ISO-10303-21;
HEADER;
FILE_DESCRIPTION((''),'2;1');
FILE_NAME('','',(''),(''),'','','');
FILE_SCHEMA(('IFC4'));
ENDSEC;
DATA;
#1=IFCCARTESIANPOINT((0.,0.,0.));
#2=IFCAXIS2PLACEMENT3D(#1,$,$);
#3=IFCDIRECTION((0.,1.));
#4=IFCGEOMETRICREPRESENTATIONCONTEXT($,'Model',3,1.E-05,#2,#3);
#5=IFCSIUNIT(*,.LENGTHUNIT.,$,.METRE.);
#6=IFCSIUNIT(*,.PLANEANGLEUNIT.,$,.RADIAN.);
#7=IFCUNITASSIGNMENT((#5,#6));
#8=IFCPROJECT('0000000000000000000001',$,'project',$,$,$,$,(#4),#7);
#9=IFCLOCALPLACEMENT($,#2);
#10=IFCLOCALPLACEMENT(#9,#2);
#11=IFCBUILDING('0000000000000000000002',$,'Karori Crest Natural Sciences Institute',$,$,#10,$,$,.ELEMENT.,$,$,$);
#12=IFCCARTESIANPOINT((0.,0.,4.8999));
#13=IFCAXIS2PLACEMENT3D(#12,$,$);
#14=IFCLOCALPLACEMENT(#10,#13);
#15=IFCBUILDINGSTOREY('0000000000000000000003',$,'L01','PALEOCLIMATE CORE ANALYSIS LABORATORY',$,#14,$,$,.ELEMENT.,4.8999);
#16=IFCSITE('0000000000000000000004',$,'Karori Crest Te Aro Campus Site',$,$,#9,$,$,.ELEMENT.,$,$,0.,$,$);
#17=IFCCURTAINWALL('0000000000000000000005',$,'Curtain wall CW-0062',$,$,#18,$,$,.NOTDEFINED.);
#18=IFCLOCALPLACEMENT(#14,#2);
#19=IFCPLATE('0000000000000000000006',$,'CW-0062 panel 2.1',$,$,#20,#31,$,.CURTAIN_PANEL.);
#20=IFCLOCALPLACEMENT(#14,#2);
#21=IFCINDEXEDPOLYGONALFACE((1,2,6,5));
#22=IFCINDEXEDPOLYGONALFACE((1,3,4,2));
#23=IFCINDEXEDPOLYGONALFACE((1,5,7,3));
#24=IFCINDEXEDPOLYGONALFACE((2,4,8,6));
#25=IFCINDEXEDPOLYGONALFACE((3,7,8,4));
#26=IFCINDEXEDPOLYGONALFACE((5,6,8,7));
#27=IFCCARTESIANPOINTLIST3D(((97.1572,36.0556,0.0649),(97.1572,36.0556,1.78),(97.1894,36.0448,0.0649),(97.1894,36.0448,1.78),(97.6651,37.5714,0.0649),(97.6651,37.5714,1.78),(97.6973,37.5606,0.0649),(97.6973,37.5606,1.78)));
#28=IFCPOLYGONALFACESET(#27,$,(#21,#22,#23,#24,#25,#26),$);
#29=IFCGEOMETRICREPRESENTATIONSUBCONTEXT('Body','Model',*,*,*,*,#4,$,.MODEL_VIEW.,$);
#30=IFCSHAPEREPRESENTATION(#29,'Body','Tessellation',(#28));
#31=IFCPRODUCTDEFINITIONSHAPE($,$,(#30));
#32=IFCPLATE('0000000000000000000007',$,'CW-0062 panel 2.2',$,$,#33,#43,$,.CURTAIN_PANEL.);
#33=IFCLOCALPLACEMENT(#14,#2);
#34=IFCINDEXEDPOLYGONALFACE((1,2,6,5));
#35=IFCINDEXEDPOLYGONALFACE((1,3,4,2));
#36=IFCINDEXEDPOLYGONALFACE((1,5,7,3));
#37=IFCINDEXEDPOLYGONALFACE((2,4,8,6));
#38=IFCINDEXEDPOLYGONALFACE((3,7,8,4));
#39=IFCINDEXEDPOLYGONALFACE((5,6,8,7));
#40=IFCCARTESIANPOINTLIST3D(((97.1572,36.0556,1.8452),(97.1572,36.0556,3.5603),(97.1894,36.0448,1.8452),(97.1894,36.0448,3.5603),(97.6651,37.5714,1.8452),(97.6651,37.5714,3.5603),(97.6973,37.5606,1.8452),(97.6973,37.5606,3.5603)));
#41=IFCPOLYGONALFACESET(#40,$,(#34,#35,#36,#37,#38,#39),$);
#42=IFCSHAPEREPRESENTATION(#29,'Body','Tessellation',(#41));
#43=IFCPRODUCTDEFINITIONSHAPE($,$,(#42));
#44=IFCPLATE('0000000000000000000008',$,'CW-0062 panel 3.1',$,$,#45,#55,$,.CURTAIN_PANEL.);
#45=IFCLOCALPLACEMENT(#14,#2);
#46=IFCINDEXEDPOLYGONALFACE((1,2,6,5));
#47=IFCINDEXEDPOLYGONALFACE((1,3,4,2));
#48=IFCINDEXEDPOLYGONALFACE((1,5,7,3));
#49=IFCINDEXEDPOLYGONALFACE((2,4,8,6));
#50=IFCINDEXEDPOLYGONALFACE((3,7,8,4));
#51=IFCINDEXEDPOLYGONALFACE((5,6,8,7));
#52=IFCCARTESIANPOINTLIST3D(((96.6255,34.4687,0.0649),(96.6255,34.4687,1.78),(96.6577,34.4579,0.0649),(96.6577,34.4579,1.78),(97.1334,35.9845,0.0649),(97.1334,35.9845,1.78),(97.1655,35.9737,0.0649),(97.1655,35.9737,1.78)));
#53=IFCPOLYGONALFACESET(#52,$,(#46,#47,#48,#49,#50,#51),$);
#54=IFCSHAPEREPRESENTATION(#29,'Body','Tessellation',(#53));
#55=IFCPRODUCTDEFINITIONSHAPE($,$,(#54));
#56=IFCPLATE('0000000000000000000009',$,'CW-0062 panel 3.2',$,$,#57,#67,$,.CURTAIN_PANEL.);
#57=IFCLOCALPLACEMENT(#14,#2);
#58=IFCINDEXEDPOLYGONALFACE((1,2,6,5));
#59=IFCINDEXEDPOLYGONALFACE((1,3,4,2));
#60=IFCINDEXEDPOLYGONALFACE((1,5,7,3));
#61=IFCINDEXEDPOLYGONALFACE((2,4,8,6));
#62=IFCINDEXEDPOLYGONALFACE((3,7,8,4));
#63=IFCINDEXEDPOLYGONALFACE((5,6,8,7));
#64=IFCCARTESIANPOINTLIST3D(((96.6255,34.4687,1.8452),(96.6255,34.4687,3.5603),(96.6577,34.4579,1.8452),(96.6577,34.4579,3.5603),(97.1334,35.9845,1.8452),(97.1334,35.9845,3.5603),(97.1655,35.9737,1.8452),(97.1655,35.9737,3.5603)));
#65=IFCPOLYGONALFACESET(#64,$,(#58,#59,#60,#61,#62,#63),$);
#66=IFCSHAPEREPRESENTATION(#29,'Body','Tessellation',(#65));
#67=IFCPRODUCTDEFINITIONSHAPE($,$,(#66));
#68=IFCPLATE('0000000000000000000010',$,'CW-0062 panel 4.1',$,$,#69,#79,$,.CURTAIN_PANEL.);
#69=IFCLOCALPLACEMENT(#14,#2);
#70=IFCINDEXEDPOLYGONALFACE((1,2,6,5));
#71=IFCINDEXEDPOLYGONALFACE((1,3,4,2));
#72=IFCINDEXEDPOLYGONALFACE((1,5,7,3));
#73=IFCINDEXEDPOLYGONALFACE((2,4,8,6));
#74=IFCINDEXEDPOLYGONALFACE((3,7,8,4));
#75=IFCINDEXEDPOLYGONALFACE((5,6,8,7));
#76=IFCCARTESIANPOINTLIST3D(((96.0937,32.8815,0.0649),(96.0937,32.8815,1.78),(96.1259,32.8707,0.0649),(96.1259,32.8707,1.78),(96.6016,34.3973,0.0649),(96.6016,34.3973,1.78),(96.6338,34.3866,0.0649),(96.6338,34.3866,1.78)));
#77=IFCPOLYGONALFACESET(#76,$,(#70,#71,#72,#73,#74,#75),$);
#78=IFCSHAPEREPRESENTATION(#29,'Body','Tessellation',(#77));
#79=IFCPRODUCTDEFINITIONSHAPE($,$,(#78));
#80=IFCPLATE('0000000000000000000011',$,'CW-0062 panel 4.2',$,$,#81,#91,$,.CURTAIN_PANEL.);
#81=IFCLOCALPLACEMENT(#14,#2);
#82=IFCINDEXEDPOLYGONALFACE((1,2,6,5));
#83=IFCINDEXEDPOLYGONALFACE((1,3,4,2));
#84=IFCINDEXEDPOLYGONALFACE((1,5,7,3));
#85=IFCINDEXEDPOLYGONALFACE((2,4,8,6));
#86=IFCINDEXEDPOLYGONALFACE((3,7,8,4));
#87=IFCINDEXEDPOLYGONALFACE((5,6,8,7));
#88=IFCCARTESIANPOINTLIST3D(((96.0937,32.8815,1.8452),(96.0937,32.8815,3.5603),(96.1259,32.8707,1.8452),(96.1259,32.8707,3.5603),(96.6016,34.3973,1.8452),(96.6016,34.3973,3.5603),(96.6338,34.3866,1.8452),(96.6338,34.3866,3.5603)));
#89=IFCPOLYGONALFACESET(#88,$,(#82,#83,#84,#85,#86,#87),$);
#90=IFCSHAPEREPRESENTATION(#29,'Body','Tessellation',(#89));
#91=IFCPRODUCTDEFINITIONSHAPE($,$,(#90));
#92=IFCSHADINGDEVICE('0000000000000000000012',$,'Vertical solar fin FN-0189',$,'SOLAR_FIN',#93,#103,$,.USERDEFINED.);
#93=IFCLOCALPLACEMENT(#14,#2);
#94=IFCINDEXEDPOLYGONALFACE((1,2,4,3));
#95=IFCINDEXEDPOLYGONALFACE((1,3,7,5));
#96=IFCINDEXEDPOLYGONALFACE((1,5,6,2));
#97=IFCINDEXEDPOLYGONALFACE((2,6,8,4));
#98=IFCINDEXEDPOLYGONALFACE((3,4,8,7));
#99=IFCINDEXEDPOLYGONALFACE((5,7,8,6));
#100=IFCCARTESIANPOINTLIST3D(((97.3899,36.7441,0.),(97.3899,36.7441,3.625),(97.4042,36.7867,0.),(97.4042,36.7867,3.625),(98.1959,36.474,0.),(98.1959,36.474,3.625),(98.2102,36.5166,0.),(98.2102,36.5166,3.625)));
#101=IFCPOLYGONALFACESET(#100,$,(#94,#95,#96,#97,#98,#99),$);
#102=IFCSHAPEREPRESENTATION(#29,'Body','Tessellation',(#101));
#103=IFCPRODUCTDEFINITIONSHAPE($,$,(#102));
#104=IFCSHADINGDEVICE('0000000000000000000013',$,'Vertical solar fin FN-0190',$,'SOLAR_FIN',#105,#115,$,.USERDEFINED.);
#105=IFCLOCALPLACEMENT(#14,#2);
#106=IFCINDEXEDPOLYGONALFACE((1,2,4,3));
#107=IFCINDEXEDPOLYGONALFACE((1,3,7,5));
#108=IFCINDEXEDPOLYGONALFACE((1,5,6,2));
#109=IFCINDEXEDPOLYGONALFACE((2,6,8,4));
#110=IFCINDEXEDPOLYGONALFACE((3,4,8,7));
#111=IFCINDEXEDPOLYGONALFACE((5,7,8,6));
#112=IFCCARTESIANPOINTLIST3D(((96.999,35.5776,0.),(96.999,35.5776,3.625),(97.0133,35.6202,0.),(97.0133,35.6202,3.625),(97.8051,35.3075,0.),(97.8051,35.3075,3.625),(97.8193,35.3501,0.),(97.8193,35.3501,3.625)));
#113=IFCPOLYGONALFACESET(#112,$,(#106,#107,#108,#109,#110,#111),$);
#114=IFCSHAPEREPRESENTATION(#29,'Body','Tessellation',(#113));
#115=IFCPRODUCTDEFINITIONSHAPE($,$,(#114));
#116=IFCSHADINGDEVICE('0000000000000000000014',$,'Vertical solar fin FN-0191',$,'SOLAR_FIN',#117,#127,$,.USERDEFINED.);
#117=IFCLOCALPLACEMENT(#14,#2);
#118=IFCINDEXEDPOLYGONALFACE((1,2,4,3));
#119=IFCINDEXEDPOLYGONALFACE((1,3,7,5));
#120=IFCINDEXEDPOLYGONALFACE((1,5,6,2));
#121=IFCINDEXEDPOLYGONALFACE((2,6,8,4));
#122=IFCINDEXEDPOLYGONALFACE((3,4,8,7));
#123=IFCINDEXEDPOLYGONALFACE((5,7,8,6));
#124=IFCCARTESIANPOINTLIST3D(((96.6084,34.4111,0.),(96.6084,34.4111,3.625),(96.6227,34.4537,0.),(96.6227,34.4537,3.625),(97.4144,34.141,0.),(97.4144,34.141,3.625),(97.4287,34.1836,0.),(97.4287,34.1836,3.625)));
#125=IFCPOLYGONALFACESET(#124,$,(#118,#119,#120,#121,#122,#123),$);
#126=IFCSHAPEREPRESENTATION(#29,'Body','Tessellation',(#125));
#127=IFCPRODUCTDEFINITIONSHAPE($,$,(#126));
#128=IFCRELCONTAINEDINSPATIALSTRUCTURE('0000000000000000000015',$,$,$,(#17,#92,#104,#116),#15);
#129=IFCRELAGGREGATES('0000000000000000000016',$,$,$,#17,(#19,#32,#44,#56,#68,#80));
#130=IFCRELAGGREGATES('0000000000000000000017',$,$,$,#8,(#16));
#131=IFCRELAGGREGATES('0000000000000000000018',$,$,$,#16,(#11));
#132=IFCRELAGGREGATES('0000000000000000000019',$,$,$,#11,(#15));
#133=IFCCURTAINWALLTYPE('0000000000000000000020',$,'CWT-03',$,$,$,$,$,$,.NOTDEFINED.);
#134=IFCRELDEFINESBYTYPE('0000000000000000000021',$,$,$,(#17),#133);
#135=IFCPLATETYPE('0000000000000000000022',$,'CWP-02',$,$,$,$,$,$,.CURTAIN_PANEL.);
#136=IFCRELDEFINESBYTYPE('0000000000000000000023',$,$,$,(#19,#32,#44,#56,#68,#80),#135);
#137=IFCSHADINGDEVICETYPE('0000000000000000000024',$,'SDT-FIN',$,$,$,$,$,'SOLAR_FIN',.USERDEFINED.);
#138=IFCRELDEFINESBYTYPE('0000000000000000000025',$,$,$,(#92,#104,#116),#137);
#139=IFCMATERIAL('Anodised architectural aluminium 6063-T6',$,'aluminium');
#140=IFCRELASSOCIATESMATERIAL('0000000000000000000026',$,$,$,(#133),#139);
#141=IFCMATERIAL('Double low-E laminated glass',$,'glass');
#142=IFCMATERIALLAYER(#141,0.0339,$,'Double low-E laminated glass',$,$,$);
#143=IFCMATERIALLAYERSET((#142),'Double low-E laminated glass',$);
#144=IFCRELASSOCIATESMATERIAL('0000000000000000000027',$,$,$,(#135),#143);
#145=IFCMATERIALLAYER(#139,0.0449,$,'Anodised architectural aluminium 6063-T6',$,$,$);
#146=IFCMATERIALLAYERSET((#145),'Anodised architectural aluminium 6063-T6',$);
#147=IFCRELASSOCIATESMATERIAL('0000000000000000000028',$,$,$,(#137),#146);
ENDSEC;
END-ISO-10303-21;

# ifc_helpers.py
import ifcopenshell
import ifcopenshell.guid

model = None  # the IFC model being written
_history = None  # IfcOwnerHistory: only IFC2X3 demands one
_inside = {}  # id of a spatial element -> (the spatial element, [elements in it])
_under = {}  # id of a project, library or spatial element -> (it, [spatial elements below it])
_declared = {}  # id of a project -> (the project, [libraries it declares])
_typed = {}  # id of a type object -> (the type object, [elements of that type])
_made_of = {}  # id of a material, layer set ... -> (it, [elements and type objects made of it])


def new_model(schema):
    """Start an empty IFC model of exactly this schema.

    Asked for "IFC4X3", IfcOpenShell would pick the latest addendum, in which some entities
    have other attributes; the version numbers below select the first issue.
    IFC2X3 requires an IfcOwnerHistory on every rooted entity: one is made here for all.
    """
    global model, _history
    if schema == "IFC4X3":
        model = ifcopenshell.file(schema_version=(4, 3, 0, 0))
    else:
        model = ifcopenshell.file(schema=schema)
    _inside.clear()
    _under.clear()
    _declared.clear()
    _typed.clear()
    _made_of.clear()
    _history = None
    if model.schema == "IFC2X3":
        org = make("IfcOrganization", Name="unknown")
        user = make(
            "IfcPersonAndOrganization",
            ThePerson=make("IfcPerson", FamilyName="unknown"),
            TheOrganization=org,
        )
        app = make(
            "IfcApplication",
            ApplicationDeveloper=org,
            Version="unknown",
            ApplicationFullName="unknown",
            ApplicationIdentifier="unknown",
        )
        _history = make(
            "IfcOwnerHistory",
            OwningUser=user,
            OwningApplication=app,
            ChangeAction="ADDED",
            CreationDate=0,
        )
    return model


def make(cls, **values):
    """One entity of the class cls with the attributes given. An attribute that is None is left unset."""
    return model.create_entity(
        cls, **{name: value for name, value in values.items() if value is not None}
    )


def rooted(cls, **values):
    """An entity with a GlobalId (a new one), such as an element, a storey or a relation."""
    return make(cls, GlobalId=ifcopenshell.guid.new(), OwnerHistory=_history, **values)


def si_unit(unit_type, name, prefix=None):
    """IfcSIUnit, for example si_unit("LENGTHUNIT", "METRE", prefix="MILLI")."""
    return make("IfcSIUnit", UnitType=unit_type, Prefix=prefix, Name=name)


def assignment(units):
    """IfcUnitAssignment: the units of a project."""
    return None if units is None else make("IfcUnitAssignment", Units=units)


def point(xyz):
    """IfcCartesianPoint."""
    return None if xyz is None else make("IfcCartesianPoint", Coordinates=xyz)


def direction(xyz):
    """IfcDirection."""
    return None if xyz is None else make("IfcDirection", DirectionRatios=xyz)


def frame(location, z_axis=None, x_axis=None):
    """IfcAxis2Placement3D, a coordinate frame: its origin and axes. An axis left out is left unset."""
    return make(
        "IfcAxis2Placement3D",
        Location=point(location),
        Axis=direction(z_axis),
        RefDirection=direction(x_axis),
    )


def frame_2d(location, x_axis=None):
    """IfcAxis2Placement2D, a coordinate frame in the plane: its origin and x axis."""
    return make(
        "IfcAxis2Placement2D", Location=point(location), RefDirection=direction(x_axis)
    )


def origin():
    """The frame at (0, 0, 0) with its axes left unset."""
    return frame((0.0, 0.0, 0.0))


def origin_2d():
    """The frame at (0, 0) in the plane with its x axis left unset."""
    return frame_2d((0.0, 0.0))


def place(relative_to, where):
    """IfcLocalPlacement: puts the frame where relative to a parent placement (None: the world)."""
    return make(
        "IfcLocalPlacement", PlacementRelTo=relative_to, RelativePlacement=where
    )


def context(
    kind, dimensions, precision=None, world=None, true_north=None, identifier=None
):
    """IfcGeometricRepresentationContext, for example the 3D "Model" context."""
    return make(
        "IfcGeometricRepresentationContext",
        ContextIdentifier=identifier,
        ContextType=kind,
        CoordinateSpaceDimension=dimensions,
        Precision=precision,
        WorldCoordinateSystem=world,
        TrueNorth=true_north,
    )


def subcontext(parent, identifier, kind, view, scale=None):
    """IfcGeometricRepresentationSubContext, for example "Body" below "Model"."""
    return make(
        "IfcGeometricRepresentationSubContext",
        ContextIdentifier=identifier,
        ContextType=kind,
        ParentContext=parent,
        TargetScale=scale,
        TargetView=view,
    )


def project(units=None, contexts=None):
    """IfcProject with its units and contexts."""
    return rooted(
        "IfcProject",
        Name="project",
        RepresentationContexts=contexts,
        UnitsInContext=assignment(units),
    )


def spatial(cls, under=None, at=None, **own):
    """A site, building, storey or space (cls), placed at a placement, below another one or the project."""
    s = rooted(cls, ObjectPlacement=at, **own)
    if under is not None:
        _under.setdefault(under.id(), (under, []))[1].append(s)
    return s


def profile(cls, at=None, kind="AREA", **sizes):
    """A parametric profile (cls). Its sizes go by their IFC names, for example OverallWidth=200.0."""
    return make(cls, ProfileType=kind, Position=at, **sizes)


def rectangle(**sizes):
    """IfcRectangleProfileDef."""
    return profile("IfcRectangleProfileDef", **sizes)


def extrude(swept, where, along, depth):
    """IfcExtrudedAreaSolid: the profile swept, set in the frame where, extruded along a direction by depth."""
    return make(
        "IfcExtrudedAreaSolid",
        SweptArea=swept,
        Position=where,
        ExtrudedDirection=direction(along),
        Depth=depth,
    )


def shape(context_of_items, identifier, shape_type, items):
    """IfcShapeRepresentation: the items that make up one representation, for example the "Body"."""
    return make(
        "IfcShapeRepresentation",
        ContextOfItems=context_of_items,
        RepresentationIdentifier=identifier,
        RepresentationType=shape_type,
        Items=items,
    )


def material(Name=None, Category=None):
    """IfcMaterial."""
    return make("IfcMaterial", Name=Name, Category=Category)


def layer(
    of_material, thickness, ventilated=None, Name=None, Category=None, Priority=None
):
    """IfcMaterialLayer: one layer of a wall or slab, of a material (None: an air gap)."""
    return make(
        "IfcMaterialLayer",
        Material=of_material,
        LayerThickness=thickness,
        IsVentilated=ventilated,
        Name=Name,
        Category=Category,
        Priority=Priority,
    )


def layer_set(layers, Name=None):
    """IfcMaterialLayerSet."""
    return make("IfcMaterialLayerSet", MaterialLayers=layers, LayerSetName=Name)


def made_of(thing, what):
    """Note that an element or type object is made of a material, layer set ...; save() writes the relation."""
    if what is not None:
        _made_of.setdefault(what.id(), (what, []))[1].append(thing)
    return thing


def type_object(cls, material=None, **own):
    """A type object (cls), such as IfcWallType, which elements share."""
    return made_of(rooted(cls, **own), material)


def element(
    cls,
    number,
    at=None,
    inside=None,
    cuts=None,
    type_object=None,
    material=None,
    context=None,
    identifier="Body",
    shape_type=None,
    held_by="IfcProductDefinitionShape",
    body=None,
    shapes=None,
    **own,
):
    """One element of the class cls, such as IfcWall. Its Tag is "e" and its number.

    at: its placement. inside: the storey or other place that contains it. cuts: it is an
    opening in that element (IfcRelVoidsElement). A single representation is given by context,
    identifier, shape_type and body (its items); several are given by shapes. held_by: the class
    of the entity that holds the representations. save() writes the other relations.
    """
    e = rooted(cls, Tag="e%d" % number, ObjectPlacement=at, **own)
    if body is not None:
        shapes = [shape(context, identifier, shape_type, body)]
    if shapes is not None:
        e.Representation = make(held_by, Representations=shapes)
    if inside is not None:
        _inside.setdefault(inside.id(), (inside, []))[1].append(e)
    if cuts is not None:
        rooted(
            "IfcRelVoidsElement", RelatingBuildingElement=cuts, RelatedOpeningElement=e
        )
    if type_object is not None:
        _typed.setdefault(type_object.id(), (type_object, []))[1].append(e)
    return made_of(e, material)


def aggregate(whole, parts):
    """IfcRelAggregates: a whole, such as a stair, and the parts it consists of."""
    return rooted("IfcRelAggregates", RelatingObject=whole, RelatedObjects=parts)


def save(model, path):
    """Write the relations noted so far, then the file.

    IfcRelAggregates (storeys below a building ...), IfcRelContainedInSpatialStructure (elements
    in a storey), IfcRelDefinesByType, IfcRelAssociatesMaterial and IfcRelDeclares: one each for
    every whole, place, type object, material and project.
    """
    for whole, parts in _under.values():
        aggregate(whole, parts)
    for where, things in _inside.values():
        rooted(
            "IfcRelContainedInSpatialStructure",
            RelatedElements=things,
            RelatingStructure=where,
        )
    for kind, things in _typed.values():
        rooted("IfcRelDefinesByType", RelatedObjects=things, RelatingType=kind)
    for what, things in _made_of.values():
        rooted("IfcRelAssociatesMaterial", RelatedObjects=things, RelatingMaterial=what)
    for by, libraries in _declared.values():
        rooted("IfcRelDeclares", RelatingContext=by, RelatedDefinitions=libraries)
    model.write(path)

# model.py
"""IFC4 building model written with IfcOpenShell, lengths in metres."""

from ifc_helpers import new_model, si_unit, direction, frame, origin, origin_2d, place, context, subcontext, project, spatial, rectangle, extrude, material, layer, layer_set, type_object, element, aggregate, save


model = new_model("IFC4")

# Units and contexts
model_context = context("Model", 3, precision=1e-05, world=origin(), true_north=direction((0.0, 1.0)))
body_context = subcontext(model_context, "Body", "Model", "MODEL_VIEW")
ifc_project = project(units=[si_unit("LENGTHUNIT", "METRE"), si_unit("PLANEANGLEUNIT", "RADIAN")], contexts=[model_context])

# Site, building, storey
site_placement = place(None, origin())
site = spatial("IfcSite", under=ifc_project, at=site_placement, Name="Karori Crest Te Aro Campus Site", CompositionType="ELEMENT", RefElevation=0.0)
building_placement = place(site_placement, origin())
building = spatial("IfcBuilding", under=site, at=building_placement, Name="Karori Crest Natural Sciences Institute", CompositionType="ELEMENT")
storey_placement = place(building_placement, frame((0.0, 0.0, 4.8999)))
storey = spatial("IfcBuildingStorey", under=building, at=storey_placement, Name="L01", Description="PALEOCLIMATE CORE ANALYSIS LABORATORY", CompositionType="ELEMENT", Elevation=4.8999)

# Curtain wall, plates
ifc_material_1 = material(Name="Anodised architectural aluminium 6063-T6", Category="aluminium")
curtain_wall_type = type_object("IfcCurtainWallType", Name="CWT-03", PredefinedType="NOTDEFINED", material=ifc_material_1)
curtain_wall_placement = place(storey_placement, origin())
curtain_wall = element("IfcCurtainWall", 1, at=curtain_wall_placement, inside=storey, type_object=curtain_wall_type, Name="Curtain wall CW-0062", PredefinedType="NOTDEFINED")
ifc_material_2 = material(Name="Double low-E laminated glass", Category="glass")
ifc_layer_1 = layer(ifc_material_2, 0.0339, Name="Double low-E laminated glass")
ifc_layer_set_1 = layer_set([ifc_layer_1], Name="Double low-E laminated glass")
plate_type = type_object("IfcPlateType", Name="CWP-02", PredefinedType="CURTAIN_PANEL", material=ifc_layer_set_1)
plate_1_placement = place(storey_placement, frame((97.4272, 36.8081, 0.0649), z_axis=(0.0, 0.0, 1.0), x_axis=(-0.317685, -0.948196, 0.0)))
plate_1 = element("IfcPlate", 2, at=plate_1_placement, type_object=plate_type, Name="CW-0062 panel 2.1", PredefinedType="CURTAIN_PANEL", context=body_context, shape_type="SweptSolid", body=[
    extrude(rectangle(XDim=1.5986, YDim=0.0339, at=origin_2d()), origin(), (0.0, 0.0, 1.0), 1.7151),
])
plate_2_placement = place(storey_placement, frame((97.4272, 36.8081, 1.8452), z_axis=(0.0, 0.0, 1.0), x_axis=(-0.317685, -0.948196, 0.0)))
plate_2 = element("IfcPlate", 3, at=plate_2_placement, type_object=plate_type, Name="CW-0062 panel 2.2", PredefinedType="CURTAIN_PANEL", context=body_context, shape_type="SweptSolid", body=[
    extrude(rectangle(XDim=1.5986, YDim=0.0339, at=origin_2d()), origin(), (0.0, 0.0, 1.0), 1.7151),
])
plate_3_placement = place(storey_placement, frame((96.8955, 35.2212, 0.0649), z_axis=(0.0, 0.0, 1.0), x_axis=(-0.317685, -0.948196, 0.0)))
plate_3 = element("IfcPlate", 4, at=plate_3_placement, type_object=plate_type, Name="CW-0062 panel 3.1", PredefinedType="CURTAIN_PANEL", context=body_context, shape_type="SweptSolid", body=[
    extrude(rectangle(XDim=1.5986, YDim=0.0339, at=origin_2d()), origin(), (0.0, 0.0, 1.0), 1.7151),
])
plate_4_placement = place(storey_placement, frame((96.8955, 35.2212, 1.8452), z_axis=(0.0, 0.0, 1.0), x_axis=(-0.317685, -0.948196, 0.0)))
plate_4 = element("IfcPlate", 5, at=plate_4_placement, type_object=plate_type, Name="CW-0062 panel 3.2", PredefinedType="CURTAIN_PANEL", context=body_context, shape_type="SweptSolid", body=[
    extrude(rectangle(XDim=1.5986, YDim=0.0339, at=origin_2d()), origin(), (0.0, 0.0, 1.0), 1.7151),
])
plate_5_placement = place(storey_placement, frame((96.3638, 33.634, 0.0649), z_axis=(0.0, 0.0, 1.0), x_axis=(-0.317685, -0.948196, 0.0)))
plate_5 = element("IfcPlate", 6, at=plate_5_placement, type_object=plate_type, Name="CW-0062 panel 4.1", PredefinedType="CURTAIN_PANEL", context=body_context, shape_type="SweptSolid", body=[
    extrude(rectangle(XDim=1.5986, YDim=0.0339, at=origin_2d()), origin(), (0.0, 0.0, 1.0), 1.7151),
])
plate_6_placement = place(storey_placement, frame((96.3638, 33.634, 1.8452), z_axis=(0.0, 0.0, 1.0), x_axis=(-0.317685, -0.948196, 0.0)))
plate_6 = element("IfcPlate", 7, at=plate_6_placement, type_object=plate_type, Name="CW-0062 panel 4.2", PredefinedType="CURTAIN_PANEL", context=body_context, shape_type="SweptSolid", body=[
    extrude(rectangle(XDim=1.5986, YDim=0.0339, at=origin_2d()), origin(), (0.0, 0.0, 1.0), 1.7151),
])
aggregate(curtain_wall, [plate_1, plate_2, plate_3, plate_4, plate_5, plate_6])

# Shading devices
ifc_layer_2 = layer(ifc_material_1, 0.0449, Name="Anodised architectural aluminium 6063-T6")
ifc_layer_set_2 = layer_set([ifc_layer_2], Name="Anodised architectural aluminium 6063-T6")
shading_device_type = type_object("IfcShadingDeviceType", Name="SDT-FIN", ElementType="SOLAR_FIN", PredefinedType="USERDEFINED", material=ifc_layer_set_2)
for number, where, z_axis, x_axis, name in (
    (8, (97.8, 36.6304, 0.0), (0.0, 0.0, 1.0), (0.948196, -0.317685, 0.0), "Vertical solar fin FN-0189"),
    (9, (97.4092, 35.4639, 0.0), (0.0, 0.0, 1.0), (0.948196, -0.317685, 0.0), "Vertical solar fin FN-0190"),
    (10, (97.0186, 34.2974, 0.0), (0.0, 0.0, 1.0), (0.948196, -0.317685, 0.0), "Vertical solar fin FN-0191"),
):
    element("IfcShadingDevice", number, at=place(storey_placement, frame(where, z_axis=z_axis, x_axis=x_axis)), inside=storey, type_object=shading_device_type, Name=name, ObjectType="SOLAR_FIN", PredefinedType="USERDEFINED", context=body_context, shape_type="SweptSolid", body=[
        extrude(rectangle(XDim=0.8501, YDim=0.0449, at=origin_2d()), origin(), (0.0, 0.0, 1.0), 3.625),
    ])

save(model, "model.ifc")
